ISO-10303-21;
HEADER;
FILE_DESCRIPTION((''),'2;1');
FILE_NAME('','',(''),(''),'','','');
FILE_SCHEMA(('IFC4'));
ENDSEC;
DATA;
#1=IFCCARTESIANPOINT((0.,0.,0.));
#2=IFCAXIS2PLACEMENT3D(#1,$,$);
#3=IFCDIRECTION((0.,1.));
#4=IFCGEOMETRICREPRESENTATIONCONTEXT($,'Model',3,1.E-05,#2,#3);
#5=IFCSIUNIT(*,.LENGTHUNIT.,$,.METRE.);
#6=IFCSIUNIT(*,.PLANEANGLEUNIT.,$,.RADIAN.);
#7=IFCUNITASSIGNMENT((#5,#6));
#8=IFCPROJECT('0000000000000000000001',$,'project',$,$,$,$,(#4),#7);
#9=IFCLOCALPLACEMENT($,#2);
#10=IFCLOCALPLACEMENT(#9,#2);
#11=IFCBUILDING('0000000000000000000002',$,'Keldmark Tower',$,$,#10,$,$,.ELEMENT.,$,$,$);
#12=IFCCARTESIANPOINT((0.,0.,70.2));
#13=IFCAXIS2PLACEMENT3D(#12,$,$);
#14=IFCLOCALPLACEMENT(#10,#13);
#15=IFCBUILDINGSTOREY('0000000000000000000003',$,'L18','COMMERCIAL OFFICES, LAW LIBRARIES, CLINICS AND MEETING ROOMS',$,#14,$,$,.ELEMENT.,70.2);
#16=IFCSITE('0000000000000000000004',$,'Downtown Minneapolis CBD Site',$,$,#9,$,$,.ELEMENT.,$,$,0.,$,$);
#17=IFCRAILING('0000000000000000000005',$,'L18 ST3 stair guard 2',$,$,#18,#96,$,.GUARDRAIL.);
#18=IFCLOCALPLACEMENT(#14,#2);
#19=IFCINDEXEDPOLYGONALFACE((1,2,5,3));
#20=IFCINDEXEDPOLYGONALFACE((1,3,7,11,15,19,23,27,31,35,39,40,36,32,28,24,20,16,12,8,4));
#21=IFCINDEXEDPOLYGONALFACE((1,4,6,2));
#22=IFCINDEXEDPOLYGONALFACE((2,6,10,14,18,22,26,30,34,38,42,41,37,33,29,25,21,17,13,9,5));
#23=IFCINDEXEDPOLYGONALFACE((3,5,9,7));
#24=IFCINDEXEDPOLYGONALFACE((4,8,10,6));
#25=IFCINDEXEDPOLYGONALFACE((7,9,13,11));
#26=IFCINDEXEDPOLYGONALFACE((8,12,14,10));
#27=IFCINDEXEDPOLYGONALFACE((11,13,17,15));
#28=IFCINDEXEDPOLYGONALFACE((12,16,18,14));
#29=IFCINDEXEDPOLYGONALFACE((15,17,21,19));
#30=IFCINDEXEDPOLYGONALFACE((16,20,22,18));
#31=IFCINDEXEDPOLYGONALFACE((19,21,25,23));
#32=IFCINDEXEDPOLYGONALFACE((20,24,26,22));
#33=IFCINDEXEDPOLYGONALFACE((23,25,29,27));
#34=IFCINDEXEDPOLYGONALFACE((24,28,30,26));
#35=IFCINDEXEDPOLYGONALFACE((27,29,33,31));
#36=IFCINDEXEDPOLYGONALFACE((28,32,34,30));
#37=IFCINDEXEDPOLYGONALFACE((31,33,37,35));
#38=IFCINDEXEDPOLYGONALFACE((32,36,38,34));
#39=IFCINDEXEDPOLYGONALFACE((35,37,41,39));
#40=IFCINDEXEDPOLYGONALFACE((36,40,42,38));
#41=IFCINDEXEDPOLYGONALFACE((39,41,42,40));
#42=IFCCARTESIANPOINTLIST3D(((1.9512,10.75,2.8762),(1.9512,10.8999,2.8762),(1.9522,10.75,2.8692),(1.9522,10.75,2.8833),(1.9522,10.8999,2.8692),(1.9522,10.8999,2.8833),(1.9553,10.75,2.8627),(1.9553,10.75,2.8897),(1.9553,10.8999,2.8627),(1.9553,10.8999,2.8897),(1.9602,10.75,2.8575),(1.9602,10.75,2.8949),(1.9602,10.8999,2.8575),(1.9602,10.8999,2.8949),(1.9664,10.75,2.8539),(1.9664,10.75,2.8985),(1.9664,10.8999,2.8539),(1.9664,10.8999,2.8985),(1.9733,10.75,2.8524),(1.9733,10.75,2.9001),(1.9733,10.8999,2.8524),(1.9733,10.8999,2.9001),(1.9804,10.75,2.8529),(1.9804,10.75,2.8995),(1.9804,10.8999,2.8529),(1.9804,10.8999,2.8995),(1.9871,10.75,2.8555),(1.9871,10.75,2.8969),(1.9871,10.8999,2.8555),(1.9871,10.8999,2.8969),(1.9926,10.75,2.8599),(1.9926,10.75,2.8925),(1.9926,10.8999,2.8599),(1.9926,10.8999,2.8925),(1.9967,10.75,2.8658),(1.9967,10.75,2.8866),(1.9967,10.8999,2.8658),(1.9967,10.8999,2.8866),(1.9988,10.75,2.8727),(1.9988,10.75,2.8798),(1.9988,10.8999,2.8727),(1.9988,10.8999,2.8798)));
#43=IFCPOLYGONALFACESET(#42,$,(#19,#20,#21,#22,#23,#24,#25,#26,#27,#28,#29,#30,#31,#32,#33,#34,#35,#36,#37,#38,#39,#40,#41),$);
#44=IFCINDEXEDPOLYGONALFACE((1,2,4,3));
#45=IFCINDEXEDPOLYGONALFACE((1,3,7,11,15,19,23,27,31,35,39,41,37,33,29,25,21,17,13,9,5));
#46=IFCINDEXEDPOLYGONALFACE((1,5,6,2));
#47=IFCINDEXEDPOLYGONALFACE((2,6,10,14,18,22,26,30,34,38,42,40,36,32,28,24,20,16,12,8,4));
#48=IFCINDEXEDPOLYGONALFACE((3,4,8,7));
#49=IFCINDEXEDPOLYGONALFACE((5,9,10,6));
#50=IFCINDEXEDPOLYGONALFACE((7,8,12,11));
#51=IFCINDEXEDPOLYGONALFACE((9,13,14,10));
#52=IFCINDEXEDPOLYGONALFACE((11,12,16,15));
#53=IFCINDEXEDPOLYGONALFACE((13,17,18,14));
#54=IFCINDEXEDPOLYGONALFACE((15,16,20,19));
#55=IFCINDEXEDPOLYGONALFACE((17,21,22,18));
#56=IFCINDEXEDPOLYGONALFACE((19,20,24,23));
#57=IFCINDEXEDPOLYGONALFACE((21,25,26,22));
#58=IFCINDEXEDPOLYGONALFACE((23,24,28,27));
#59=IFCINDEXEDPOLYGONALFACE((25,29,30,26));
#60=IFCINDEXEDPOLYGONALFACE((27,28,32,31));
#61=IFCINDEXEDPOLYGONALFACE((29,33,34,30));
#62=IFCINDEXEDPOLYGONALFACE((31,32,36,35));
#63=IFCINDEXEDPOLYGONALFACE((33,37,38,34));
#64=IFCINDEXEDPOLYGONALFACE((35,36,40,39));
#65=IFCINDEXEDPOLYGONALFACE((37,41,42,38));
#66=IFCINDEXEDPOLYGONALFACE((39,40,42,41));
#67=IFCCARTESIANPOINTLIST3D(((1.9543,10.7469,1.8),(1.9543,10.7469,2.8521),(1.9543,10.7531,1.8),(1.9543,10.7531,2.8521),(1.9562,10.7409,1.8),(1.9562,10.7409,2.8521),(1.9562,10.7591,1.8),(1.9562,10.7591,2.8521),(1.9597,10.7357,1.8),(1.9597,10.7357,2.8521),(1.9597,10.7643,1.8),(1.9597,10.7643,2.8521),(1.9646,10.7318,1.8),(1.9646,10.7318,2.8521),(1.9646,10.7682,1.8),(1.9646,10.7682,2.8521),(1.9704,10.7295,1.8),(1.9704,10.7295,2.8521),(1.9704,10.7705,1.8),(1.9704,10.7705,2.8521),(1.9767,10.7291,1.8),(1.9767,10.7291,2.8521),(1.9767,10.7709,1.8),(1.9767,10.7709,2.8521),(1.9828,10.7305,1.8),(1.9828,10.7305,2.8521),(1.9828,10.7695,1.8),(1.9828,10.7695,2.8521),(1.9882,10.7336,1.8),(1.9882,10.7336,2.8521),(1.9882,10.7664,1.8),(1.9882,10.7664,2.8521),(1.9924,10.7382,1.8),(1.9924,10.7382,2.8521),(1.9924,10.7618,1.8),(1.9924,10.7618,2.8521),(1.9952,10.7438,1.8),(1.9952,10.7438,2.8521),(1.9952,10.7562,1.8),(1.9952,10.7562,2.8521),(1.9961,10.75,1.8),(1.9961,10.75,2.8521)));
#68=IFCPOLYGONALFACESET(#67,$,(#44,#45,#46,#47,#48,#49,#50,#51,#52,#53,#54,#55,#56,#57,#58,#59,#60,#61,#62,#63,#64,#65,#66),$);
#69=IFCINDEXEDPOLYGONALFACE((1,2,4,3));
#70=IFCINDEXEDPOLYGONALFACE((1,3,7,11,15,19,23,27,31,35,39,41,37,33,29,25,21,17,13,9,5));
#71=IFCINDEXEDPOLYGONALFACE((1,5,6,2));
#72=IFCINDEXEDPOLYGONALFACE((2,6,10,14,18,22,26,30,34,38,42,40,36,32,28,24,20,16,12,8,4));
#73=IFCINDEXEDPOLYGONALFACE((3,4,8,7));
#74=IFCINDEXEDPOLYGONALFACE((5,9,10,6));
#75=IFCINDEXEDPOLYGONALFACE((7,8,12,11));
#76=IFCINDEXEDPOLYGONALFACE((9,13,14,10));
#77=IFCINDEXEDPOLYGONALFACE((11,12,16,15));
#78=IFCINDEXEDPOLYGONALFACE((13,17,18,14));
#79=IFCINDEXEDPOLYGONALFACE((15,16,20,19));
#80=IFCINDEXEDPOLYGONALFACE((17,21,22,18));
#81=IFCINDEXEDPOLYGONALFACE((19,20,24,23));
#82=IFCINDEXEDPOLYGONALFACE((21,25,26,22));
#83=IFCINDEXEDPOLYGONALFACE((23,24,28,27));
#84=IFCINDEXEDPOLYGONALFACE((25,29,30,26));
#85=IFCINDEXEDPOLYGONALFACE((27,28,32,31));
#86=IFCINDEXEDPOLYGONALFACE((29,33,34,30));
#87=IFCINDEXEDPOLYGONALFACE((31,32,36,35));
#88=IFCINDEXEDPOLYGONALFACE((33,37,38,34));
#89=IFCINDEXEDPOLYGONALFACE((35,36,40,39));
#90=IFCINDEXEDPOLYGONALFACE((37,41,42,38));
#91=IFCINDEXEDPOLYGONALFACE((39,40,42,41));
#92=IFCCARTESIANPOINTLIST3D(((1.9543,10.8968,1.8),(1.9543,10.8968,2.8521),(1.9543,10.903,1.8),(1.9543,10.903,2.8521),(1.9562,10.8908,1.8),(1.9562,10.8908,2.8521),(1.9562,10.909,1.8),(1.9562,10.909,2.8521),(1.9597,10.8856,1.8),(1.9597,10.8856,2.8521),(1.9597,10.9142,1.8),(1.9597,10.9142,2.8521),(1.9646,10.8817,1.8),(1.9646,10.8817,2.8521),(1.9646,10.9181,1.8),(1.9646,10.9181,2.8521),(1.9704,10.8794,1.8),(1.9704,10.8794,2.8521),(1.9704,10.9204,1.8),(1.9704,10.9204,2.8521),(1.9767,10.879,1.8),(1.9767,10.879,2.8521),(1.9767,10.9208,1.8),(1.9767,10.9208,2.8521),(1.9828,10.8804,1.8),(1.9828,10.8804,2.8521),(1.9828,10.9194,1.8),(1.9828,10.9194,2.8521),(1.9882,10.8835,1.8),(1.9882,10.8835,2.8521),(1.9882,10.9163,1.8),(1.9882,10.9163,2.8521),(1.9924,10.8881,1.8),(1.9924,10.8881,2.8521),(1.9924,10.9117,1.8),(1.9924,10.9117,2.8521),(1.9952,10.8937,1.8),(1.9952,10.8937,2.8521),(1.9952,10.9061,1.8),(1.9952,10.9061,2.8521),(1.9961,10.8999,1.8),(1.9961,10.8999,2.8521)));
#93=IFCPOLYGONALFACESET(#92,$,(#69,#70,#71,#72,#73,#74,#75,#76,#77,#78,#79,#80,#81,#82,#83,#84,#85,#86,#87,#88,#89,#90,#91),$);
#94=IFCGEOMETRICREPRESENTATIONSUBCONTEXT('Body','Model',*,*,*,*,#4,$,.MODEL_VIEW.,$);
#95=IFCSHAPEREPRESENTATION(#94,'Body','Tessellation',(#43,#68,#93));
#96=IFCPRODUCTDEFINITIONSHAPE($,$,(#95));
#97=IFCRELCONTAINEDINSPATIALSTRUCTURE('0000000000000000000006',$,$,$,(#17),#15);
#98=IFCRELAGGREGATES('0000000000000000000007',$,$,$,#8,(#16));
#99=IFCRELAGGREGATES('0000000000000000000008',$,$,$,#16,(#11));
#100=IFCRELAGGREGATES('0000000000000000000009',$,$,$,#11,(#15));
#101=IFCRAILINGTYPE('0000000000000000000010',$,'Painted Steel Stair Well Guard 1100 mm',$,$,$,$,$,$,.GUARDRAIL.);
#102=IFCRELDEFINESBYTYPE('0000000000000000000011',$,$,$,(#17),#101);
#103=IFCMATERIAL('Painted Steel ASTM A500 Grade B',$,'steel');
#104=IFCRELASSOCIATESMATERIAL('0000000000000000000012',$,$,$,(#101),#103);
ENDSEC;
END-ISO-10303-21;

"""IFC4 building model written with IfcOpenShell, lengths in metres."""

from ifc_helpers import new_model, si_unit, direction, frame, origin, origin_2d, place, context, subcontext, project, spatial, circle, extrude, material, type_object, element, save


model = new_model("IFC4")

# Units and contexts
model_context = context("Model", 3, precision=1e-05, world=origin(), true_north=direction((0.0, 1.0)))
body_context = subcontext(model_context, "Body", "Model", "MODEL_VIEW")
ifc_project = project(units=[si_unit("LENGTHUNIT", "METRE"), si_unit("PLANEANGLEUNIT", "RADIAN")], contexts=[model_context])

# Site, building, storey
site_placement = place(None, origin())
site = spatial("IfcSite", under=ifc_project, at=site_placement, Name="Downtown Minneapolis CBD Site", CompositionType="ELEMENT", RefElevation=0.0)
building_placement = place(site_placement, origin())
building = spatial("IfcBuilding", under=site, at=building_placement, Name="Keldmark Tower", CompositionType="ELEMENT")
storey_placement = place(building_placement, frame((0.0, 0.0, 70.2)))
storey = spatial("IfcBuildingStorey", under=building, at=storey_placement, Name="L18", Description="COMMERCIAL OFFICES, LAW LIBRARIES, CLINICS AND MEETING ROOMS", CompositionType="ELEMENT", Elevation=70.2)

# Railing
ifc_material_1 = material(Name="Painted Steel ASTM A500 Grade B", Category="steel")
railing_type_1 = type_object("IfcRailingType", Name="Painted Steel Stair Well Guard 1100 mm", PredefinedType="GUARDRAIL", material=ifc_material_1)
railing_1_placement = place(storey_placement, frame((1.9751, 10.75, 1.8)))
element("IfcRailing", 1, at=railing_1_placement, inside=storey, type_object=railing_type_1, Name="L18 ST3 stair guard 2", PredefinedType="GUARDRAIL", context=body_context, shape_type="SweptSolid", body=[
    extrude(circle(Radius=0.0239, at=origin_2d()), frame((0.0, 0.0, 1.0762), z_axis=(0.0, 1.0, 0.0), x_axis=(-1.0, 0.0, 0.0)), (0.0, 0.0, 1.0), 0.1499),
    extrude(circle(Radius=0.021, at=origin_2d()), origin(), (0.0, 0.0, 1.0), 1.052),
    extrude(circle(Radius=0.021, at=origin_2d()), frame((0.0, 0.1499, 0.0)), (0.0, 0.0, 1.0), 1.052),
])

save(model, "model.ifc")
